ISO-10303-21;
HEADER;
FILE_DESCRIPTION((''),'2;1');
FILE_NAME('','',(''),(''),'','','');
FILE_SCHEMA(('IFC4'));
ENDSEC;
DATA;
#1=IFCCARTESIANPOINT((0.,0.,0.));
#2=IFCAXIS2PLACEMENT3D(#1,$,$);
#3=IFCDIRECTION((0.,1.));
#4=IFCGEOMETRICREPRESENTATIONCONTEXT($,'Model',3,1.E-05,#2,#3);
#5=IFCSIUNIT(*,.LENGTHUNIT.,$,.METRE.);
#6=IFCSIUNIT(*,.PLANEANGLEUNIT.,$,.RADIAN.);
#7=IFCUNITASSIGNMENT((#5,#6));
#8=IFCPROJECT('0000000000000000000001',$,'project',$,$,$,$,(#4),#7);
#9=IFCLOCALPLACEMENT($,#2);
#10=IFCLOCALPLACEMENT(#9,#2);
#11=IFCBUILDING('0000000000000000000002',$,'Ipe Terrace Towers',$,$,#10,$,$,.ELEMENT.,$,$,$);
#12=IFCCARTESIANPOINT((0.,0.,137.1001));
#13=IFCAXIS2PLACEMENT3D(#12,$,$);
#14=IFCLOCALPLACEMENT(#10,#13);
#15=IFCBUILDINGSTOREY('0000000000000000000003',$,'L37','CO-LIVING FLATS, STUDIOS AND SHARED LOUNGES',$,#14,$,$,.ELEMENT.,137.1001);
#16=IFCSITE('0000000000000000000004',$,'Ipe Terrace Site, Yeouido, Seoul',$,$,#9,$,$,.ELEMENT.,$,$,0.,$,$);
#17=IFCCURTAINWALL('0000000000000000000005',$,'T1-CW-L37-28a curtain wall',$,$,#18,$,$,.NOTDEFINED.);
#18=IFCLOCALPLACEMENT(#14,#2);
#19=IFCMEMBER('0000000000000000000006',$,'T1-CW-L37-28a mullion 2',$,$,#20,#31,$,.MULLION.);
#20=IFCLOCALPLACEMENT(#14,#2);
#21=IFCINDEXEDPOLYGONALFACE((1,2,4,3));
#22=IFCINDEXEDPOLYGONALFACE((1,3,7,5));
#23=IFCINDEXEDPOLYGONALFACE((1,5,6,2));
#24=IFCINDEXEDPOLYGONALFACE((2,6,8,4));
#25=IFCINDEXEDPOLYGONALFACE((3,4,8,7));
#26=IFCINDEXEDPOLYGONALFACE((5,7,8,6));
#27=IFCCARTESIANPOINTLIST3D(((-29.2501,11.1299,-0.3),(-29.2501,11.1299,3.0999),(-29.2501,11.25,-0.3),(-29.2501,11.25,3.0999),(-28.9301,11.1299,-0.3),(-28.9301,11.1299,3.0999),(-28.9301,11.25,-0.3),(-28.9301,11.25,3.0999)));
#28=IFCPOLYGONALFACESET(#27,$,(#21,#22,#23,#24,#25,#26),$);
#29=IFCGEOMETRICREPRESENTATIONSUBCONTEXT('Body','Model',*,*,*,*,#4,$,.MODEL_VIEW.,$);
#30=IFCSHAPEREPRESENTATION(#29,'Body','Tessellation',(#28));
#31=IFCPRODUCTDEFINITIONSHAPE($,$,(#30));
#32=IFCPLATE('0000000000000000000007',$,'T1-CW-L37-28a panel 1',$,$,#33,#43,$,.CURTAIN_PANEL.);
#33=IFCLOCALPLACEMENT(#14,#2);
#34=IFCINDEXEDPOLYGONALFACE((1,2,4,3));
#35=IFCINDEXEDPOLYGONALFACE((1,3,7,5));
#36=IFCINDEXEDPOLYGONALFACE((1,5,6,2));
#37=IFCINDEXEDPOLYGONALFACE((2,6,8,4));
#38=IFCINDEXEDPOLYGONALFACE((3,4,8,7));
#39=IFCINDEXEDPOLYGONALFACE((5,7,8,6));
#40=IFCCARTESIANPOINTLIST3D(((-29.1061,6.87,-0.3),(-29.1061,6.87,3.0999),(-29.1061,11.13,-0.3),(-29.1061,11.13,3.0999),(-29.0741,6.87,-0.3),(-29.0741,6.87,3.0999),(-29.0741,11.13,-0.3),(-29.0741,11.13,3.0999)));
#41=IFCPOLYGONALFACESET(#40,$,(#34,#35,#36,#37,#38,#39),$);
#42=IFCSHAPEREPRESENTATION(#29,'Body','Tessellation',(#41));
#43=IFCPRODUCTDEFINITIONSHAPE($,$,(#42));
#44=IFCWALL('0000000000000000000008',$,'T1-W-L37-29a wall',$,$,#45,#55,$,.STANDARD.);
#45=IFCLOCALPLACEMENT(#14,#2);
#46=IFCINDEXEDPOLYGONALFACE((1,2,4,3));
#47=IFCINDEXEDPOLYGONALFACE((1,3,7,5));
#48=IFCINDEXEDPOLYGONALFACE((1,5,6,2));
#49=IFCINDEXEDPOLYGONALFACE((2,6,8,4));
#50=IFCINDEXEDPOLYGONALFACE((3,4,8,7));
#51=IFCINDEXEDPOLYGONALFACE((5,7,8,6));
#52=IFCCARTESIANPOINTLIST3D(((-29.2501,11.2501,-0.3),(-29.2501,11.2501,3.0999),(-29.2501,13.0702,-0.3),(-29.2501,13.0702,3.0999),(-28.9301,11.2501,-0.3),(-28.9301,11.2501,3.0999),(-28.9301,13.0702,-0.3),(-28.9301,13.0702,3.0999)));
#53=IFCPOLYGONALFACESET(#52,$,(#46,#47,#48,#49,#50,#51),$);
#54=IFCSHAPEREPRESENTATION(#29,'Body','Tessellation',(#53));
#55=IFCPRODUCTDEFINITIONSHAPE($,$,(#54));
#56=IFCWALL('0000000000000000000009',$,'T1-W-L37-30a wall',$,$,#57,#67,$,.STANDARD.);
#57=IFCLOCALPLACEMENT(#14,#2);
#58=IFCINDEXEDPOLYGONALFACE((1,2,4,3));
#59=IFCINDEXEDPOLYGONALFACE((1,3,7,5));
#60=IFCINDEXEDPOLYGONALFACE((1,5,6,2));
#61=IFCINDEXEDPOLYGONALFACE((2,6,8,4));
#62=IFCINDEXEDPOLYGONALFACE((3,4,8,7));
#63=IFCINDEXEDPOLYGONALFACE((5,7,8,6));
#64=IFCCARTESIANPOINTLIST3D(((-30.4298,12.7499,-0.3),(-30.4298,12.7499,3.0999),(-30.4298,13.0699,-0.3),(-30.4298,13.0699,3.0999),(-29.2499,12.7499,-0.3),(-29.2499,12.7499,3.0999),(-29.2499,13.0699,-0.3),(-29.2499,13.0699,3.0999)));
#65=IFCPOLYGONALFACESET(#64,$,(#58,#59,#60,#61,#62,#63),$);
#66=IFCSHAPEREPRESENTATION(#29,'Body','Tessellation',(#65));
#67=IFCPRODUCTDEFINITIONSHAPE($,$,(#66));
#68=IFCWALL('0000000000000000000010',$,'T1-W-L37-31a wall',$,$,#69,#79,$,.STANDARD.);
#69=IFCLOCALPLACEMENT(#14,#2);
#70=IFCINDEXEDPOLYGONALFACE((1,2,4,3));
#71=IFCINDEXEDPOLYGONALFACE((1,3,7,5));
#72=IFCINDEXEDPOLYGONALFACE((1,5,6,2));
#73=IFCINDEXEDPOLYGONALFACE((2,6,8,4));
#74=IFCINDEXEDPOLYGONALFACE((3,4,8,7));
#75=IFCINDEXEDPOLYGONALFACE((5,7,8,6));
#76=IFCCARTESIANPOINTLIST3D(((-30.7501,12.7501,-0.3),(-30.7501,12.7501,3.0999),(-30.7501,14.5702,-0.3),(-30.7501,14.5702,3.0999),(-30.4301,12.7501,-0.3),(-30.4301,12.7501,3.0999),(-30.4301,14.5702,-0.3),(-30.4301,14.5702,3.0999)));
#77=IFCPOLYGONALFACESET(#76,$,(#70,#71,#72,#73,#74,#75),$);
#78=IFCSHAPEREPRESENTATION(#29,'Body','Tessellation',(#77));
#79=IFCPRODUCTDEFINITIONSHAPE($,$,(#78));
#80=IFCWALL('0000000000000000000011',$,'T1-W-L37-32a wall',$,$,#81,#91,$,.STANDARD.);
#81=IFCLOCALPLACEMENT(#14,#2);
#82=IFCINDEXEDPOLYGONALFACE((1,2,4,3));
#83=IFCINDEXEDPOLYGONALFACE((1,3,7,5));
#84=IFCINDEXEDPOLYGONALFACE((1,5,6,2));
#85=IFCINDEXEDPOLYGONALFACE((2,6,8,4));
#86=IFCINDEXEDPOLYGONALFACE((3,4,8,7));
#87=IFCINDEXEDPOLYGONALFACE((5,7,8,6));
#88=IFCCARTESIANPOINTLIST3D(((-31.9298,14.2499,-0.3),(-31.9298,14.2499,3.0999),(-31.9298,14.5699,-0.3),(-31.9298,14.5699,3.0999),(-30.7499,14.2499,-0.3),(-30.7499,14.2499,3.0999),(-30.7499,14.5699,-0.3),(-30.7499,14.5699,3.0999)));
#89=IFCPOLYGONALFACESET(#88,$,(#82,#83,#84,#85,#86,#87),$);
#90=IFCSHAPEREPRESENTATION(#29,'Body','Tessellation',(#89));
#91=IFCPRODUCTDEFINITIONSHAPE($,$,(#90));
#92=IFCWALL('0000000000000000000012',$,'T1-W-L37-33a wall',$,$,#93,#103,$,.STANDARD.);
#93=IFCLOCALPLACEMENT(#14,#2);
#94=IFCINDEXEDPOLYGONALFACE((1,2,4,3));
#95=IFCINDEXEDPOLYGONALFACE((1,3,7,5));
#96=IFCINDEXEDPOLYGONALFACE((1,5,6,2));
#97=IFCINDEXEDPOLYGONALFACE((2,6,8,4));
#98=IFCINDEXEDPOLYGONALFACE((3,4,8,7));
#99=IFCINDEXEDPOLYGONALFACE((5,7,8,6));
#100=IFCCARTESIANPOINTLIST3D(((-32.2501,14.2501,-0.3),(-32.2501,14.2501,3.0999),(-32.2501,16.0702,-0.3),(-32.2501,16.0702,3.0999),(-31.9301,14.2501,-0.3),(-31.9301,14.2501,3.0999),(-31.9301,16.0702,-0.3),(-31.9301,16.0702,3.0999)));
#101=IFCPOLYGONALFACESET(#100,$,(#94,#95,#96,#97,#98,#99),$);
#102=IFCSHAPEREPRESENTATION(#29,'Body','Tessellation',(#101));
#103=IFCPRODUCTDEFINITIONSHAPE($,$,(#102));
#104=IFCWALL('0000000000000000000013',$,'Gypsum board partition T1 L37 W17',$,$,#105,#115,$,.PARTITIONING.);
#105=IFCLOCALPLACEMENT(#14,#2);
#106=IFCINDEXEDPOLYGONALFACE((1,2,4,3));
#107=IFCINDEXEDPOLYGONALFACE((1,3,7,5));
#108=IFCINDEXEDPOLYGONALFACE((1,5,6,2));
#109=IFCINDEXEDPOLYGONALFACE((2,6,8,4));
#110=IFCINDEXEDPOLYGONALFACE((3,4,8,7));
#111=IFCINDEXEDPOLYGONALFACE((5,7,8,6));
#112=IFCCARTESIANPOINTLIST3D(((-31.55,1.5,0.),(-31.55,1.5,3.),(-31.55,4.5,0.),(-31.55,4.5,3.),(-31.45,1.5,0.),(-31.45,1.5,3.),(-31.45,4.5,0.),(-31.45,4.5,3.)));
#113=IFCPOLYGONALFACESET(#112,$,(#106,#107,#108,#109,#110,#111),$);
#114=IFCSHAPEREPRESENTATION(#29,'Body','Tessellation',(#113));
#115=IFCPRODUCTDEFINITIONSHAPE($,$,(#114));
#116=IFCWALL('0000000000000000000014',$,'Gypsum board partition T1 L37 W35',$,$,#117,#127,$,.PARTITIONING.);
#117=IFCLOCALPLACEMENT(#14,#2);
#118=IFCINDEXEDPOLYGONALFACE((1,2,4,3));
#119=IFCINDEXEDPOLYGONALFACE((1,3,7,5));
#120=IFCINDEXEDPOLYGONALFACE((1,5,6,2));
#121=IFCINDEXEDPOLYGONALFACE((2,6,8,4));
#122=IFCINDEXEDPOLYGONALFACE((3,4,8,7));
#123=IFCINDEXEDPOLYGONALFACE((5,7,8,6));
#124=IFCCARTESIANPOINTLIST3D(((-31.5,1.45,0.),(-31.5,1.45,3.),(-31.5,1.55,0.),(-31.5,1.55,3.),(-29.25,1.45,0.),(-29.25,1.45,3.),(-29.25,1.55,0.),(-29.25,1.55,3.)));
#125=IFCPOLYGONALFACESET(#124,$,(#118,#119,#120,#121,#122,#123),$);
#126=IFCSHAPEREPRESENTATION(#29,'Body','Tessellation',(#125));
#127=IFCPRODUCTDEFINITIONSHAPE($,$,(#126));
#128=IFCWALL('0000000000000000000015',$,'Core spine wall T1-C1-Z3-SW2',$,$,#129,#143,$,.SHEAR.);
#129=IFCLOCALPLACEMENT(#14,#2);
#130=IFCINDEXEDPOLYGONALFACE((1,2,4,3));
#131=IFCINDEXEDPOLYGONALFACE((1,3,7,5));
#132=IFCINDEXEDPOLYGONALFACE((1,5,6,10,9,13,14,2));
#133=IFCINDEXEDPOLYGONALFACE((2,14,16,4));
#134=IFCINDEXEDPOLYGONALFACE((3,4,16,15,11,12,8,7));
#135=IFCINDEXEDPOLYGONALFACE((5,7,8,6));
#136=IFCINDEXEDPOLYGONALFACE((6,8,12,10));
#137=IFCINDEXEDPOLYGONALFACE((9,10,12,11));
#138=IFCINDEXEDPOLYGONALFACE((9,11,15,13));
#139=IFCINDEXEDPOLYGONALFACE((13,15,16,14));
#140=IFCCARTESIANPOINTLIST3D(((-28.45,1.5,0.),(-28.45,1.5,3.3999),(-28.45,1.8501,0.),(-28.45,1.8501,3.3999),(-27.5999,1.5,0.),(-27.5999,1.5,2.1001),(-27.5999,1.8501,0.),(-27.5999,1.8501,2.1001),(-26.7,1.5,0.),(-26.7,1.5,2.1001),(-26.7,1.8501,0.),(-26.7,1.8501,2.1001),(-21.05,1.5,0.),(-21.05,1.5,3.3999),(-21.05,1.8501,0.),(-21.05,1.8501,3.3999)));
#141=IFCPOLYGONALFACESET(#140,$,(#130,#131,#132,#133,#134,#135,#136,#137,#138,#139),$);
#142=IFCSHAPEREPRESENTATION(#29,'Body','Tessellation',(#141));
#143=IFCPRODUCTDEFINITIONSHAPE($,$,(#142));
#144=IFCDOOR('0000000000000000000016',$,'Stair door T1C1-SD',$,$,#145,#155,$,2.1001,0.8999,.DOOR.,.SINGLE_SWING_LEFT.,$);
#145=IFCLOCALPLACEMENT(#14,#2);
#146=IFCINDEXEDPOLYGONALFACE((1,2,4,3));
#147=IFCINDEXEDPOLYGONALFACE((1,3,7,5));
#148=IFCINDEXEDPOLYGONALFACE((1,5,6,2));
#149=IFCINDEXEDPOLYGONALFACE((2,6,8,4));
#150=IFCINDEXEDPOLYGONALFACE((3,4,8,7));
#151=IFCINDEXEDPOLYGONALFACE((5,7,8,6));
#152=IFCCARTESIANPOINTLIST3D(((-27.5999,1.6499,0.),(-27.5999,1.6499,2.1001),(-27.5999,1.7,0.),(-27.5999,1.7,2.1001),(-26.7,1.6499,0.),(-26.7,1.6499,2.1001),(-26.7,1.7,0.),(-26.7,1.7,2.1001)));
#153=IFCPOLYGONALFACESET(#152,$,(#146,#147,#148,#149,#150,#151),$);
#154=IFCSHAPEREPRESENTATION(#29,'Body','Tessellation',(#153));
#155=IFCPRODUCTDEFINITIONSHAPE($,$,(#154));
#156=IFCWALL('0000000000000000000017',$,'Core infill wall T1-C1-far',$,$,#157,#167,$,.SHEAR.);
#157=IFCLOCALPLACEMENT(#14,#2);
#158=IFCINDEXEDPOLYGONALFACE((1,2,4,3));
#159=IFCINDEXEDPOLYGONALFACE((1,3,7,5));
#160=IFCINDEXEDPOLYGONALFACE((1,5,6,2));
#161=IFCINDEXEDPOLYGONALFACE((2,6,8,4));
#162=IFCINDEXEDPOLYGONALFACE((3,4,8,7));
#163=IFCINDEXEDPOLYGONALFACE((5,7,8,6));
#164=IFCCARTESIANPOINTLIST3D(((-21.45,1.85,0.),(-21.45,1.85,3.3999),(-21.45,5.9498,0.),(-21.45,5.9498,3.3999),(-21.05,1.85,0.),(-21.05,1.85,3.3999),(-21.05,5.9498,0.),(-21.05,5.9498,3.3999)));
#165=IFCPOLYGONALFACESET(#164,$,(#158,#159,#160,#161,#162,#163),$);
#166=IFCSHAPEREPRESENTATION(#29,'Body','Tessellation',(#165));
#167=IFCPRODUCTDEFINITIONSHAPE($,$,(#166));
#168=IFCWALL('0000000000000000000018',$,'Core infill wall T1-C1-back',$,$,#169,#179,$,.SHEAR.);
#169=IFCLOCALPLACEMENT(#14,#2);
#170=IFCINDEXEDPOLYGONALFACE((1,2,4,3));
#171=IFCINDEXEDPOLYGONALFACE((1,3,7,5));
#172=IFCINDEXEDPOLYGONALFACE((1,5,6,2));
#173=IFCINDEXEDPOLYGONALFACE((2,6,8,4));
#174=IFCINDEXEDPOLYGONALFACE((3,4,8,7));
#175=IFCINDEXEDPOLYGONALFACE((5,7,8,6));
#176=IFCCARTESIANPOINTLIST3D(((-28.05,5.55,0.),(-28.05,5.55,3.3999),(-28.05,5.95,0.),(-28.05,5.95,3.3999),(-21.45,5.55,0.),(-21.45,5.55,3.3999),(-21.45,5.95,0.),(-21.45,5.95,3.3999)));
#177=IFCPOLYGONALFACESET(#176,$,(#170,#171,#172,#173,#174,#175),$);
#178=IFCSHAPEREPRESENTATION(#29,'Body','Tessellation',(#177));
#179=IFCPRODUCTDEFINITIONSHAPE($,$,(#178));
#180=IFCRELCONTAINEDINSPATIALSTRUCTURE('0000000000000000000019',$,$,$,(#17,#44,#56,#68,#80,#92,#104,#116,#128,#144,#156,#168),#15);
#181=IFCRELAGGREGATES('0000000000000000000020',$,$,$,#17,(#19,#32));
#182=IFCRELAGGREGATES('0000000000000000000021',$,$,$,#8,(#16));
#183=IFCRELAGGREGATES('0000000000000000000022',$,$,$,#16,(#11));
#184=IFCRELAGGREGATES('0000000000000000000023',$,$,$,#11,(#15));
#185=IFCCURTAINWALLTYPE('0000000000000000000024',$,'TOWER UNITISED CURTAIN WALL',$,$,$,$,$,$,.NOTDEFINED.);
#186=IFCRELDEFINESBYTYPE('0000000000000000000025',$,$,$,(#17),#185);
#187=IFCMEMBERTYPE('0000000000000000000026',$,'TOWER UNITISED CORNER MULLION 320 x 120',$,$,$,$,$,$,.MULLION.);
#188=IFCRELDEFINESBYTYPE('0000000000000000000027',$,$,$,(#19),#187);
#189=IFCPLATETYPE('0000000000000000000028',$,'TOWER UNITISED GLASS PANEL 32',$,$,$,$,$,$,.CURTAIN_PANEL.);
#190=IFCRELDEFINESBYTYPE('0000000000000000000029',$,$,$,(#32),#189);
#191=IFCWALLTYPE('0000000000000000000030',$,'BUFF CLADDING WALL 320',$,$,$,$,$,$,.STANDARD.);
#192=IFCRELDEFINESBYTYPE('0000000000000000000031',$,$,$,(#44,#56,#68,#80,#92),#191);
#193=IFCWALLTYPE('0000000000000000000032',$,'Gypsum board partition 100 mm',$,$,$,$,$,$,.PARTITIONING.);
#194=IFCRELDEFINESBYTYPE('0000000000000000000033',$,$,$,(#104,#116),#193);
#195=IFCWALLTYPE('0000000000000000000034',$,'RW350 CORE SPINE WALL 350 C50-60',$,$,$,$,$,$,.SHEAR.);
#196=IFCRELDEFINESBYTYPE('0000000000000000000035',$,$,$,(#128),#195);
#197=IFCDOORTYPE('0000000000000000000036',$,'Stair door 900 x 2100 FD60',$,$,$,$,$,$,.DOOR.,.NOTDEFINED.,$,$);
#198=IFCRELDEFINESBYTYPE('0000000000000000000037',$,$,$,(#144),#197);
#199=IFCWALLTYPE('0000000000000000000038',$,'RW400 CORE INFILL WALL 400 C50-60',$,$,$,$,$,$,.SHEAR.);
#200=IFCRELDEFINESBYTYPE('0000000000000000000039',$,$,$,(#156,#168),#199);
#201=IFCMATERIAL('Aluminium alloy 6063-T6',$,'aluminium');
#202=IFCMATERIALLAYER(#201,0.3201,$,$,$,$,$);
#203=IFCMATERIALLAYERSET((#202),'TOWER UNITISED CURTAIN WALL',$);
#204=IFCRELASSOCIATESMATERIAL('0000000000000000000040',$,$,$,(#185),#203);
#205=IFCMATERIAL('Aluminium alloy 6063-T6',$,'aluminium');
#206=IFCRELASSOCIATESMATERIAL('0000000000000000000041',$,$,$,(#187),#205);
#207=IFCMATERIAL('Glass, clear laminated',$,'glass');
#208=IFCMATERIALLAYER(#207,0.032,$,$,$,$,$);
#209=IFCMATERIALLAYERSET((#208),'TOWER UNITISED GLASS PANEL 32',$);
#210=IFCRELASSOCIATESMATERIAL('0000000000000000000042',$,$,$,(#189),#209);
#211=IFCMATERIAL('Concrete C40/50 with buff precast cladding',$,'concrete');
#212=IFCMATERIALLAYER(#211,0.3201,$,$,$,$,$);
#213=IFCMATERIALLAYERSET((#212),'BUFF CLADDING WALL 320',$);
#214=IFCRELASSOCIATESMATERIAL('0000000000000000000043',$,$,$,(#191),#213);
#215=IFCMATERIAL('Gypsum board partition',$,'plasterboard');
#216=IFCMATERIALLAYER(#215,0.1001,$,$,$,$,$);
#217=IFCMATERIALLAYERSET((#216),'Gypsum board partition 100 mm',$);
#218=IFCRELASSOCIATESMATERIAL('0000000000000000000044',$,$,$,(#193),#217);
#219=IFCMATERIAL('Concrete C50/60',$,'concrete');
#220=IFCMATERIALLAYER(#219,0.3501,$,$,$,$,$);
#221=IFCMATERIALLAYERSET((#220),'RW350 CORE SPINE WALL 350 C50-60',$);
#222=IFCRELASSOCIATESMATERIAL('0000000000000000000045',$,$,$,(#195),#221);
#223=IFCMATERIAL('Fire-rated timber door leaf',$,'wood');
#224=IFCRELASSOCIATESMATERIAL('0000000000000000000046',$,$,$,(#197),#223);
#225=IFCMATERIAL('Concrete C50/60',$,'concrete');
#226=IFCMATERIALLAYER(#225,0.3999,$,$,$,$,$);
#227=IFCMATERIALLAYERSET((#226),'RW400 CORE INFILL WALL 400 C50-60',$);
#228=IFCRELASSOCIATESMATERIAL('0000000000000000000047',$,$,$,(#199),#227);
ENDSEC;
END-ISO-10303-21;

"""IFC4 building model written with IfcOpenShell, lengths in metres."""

from ifc_helpers import new_model, si_unit, direction, frame, frame_2d, origin, origin_2d, place, context, subcontext, project, spatial, rectangle, extrude, material, layer, layer_set, material_profile, profile_set, type_object, element, fill, aggregate, save


model = new_model("IFC4")

# Units and contexts
model_context = context("Model", 3, precision=1e-05, world=origin(), true_north=direction((0.0, 1.0)))
body_context = subcontext(model_context, "Body", "Model", "MODEL_VIEW")
ifc_project = project(units=[si_unit("LENGTHUNIT", "METRE"), si_unit("PLANEANGLEUNIT", "RADIAN")], contexts=[model_context])

# Site, building, storey
site_placement = place(None, origin())
site = spatial("IfcSite", under=ifc_project, at=site_placement, Name="Ipe Terrace Site, Yeouido, Seoul", CompositionType="ELEMENT", RefElevation=0.0)
building_placement = place(site_placement, origin())
building = spatial("IfcBuilding", under=site, at=building_placement, Name="Ipe Terrace Towers", CompositionType="ELEMENT")
storey_placement = place(building_placement, frame((0.0, 0.0, 137.1001)))
storey = spatial("IfcBuildingStorey", under=building, at=storey_placement, Name="L37", Description="CO-LIVING FLATS, STUDIOS AND SHARED LOUNGES", CompositionType="ELEMENT", Elevation=137.1001)

# Curtain wall, member, plate
ifc_material_1 = material(Name="Aluminium alloy 6063-T6", Category="aluminium")
ifc_layer_1 = layer(ifc_material_1, 0.3201)
ifc_layer_set_1 = layer_set([ifc_layer_1], Name="TOWER UNITISED CURTAIN WALL")
curtain_wall_type = type_object("IfcCurtainWallType", Name="TOWER UNITISED CURTAIN WALL", PredefinedType="NOTDEFINED", material=ifc_layer_set_1)
curtain_wall_placement = place(storey_placement, origin())
curtain_wall = element("IfcCurtainWall", 1, at=curtain_wall_placement, inside=storey, type_object=curtain_wall_type, Name="T1-CW-L37-28a curtain wall", PredefinedType="NOTDEFINED")
ifc_material_2 = material(Name="Aluminium alloy 6063-T6", Category="aluminium")
ifc_material_profile_1 = material_profile(ifc_material_2, rectangle(XDim=0.3201, YDim=0.1201, at=origin_2d()), Name="TOWER UNITISED CORNER MULLION 320 x 120")
ifc_profile_set_1 = profile_set([ifc_material_profile_1], Name="Aluminium alloy 6063-T6")
member_type = type_object("IfcMemberType", Name="TOWER UNITISED CORNER MULLION 320 x 120", PredefinedType="MULLION", material=ifc_profile_set_1)
member_1_placement = place(storey_placement, frame((-29.0901, 11.1899, -0.3), z_axis=(0.0, 0.0, 1.0), x_axis=(1.0, 0.0, 0.0)))
member_1 = element("IfcMember", 2, at=member_1_placement, type_object=member_type, Name="T1-CW-L37-28a mullion 2", PredefinedType="MULLION", context=body_context, shape_type="SweptSolid", body=[
    extrude(rectangle(XDim=0.3201, YDim=0.1201, at=origin_2d()), origin(), (0.0, 0.0, 1.0), 3.3999),
])
ifc_material_3 = material(Name="Glass, clear laminated", Category="glass")
ifc_layer_2 = layer(ifc_material_3, 0.032)
ifc_layer_set_2 = layer_set([ifc_layer_2], Name="TOWER UNITISED GLASS PANEL 32")
plate_type = type_object("IfcPlateType", Name="TOWER UNITISED GLASS PANEL 32", PredefinedType="CURTAIN_PANEL", material=ifc_layer_set_2)
plate_placement = place(storey_placement, frame((-29.0901, 9.0, -0.3), z_axis=(0.0, 0.0, 1.0), x_axis=(0.0, 1.0, 0.0)))
plate = element("IfcPlate", 3, at=plate_placement, type_object=plate_type, Name="T1-CW-L37-28a panel 1", PredefinedType="CURTAIN_PANEL", context=body_context, shape_type="SweptSolid", body=[
    extrude(rectangle(XDim=4.26, YDim=0.032, at=origin_2d()), origin(), (0.0, 0.0, 1.0), 3.3999),
])
aggregate(curtain_wall, [member_1, plate])

# Walls
ifc_material_4 = material(Name="Concrete C40/50 with buff precast cladding", Category="concrete")
ifc_layer_3 = layer(ifc_material_4, 0.3201)
ifc_layer_set_3 = layer_set([ifc_layer_3], Name="BUFF CLADDING WALL 320")
wall_type_1 = type_object("IfcWallType", Name="BUFF CLADDING WALL 320", PredefinedType="STANDARD", material=ifc_layer_set_3)
wall_1_placement = place(storey_placement, frame((-29.0901, 11.25, -0.3), z_axis=(0.0, 0.0, 1.0), x_axis=(0.0, 1.0, 0.0)))
element("IfcWall", 4, at=wall_1_placement, inside=storey, type_object=wall_type_1, Name="T1-W-L37-29a wall", PredefinedType="STANDARD", context=body_context, shape_type="SweptSolid", body=[
    extrude(rectangle(XDim=1.8201, YDim=0.3201, at=frame_2d((0.9102, 0.0))), origin(), (0.0, 0.0, 1.0), 3.3999),
])
wall_2_placement = place(storey_placement, frame((-29.25, 12.9099, -0.3), z_axis=(0.0, 0.0, 1.0), x_axis=(-1.0, 0.0, 0.0)))
element("IfcWall", 5, at=wall_2_placement, inside=storey, type_object=wall_type_1, Name="T1-W-L37-30a wall", PredefinedType="STANDARD", context=body_context, shape_type="SweptSolid", body=[
    extrude(rectangle(XDim=1.1799, YDim=0.3201, at=frame_2d((0.5898, 0.0))), origin(), (0.0, 0.0, 1.0), 3.3999),
])
wall_3_placement = place(storey_placement, frame((-30.5901, 12.75, -0.3), z_axis=(0.0, 0.0, 1.0), x_axis=(0.0, 1.0, 0.0)))
element("IfcWall", 6, at=wall_3_placement, inside=storey, type_object=wall_type_1, Name="T1-W-L37-31a wall", PredefinedType="STANDARD", context=body_context, shape_type="SweptSolid", body=[
    extrude(rectangle(XDim=1.8201, YDim=0.3201, at=frame_2d((0.9102, 0.0))), origin(), (0.0, 0.0, 1.0), 3.3999),
])
wall_4_placement = place(storey_placement, frame((-30.75, 14.4099, -0.3), z_axis=(0.0, 0.0, 1.0), x_axis=(-1.0, 0.0, 0.0)))
element("IfcWall", 7, at=wall_4_placement, inside=storey, type_object=wall_type_1, Name="T1-W-L37-32a wall", PredefinedType="STANDARD", context=body_context, shape_type="SweptSolid", body=[
    extrude(rectangle(XDim=1.1799, YDim=0.3201, at=frame_2d((0.5898, 0.0))), origin(), (0.0, 0.0, 1.0), 3.3999),
])
wall_5_placement = place(storey_placement, frame((-32.0901, 14.25, -0.3), z_axis=(0.0, 0.0, 1.0), x_axis=(0.0, 1.0, 0.0)))
element("IfcWall", 8, at=wall_5_placement, inside=storey, type_object=wall_type_1, Name="T1-W-L37-33a wall", PredefinedType="STANDARD", context=body_context, shape_type="SweptSolid", body=[
    extrude(rectangle(XDim=1.8201, YDim=0.3201, at=frame_2d((0.9102, 0.0))), origin(), (0.0, 0.0, 1.0), 3.3999),
])
ifc_material_5 = material(Name="Gypsum board partition", Category="plasterboard")
ifc_layer_4 = layer(ifc_material_5, 0.1001)
ifc_layer_set_4 = layer_set([ifc_layer_4], Name="Gypsum board partition 100 mm")
wall_type_2 = type_object("IfcWallType", Name="Gypsum board partition 100 mm", PredefinedType="PARTITIONING", material=ifc_layer_set_4)
wall_6_placement = place(storey_placement, frame((-31.5, 1.5, 0.0), z_axis=(0.0, 0.0, 1.0), x_axis=(0.0, 1.0, 0.0)))
element("IfcWall", 9, at=wall_6_placement, inside=storey, type_object=wall_type_2, Name="Gypsum board partition T1 L37 W17", PredefinedType="PARTITIONING", context=body_context, shape_type="SweptSolid", body=[
    extrude(rectangle(XDim=3.0, YDim=0.1001, at=frame_2d((1.5, 0.0))), origin(), (0.0, 0.0, 1.0), 3.0),
])
wall_7_placement = place(storey_placement, frame((-31.5, 1.5, 0.0), z_axis=(0.0, 0.0, 1.0), x_axis=(1.0, 0.0, 0.0)))
element("IfcWall", 10, at=wall_7_placement, inside=storey, type_object=wall_type_2, Name="Gypsum board partition T1 L37 W35", PredefinedType="PARTITIONING", context=body_context, shape_type="SweptSolid", body=[
    extrude(rectangle(XDim=2.25, YDim=0.1001, at=frame_2d((1.125, 0.0))), origin(), (0.0, 0.0, 1.0), 3.0),
])

# Wall, opening, door
ifc_material_6 = material(Name="Concrete C50/60", Category="concrete")
ifc_layer_5 = layer(ifc_material_6, 0.3501)
ifc_layer_set_5 = layer_set([ifc_layer_5], Name="RW350 CORE SPINE WALL 350 C50-60")
wall_type_3 = type_object("IfcWallType", Name="RW350 CORE SPINE WALL 350 C50-60", PredefinedType="SHEAR", material=ifc_layer_set_5)
wall_8_placement = place(storey_placement, frame((-28.45, 1.675, 0.0), z_axis=(0.0, 0.0, 1.0), x_axis=(1.0, 0.0, 0.0)))
wall_8 = element("IfcWall", 11, at=wall_8_placement, inside=storey, type_object=wall_type_3, Name="Core spine wall T1-C1-Z3-SW2", PredefinedType="SHEAR", context=body_context, shape_type="SweptSolid", body=[
    extrude(rectangle(XDim=7.3999, YDim=0.3501, at=frame_2d((3.7, 0.0))), origin(), (0.0, 0.0, 1.0), 3.3999),
])
opening_1_placement = place(wall_8_placement, frame((0.8501, 0.0, 0.0)))
opening_1 = element("IfcOpeningElement", 12, at=opening_1_placement, cuts=wall_8, PredefinedType="OPENING", context=body_context, shape_type="SweptSolid", body=[
    extrude(rectangle(XDim=0.8999, YDim=2.1001, at=frame_2d((0.45, 1.05))), frame((0.0, 0.1851, 0.0), z_axis=(0.0, -1.0, 0.0), x_axis=(1.0, 0.0, 0.0)), (0.0, 0.0, 1.0), 0.3701),
])
ifc_material_7 = material(Name="Fire-rated timber door leaf", Category="wood")
door_type_1 = type_object("IfcDoorType", Name="Stair door 900 x 2100 FD60", OperationType="NOTDEFINED", PredefinedType="DOOR", material=ifc_material_7)
door_1_placement = place(opening_1_placement, origin())
door_1 = element("IfcDoor", 13, at=door_1_placement, inside=storey, type_object=door_type_1, Name="Stair door T1C1-SD", OperationType="SINGLE_SWING_LEFT", OverallHeight=2.1001, OverallWidth=0.8999, PredefinedType="DOOR", context=body_context, shape_type="SweptSolid", body=[
    extrude(rectangle(XDim=0.8999, YDim=2.1001, at=frame_2d((0.45, 1.05))), frame((0.0, 0.0249, 0.0), z_axis=(0.0, -1.0, 0.0), x_axis=(1.0, 0.0, 0.0)), (0.0, 0.0, 1.0), 0.05),
])
fill(opening_1, door_1)

# Walls
ifc_material_8 = material(Name="Concrete C50/60", Category="concrete")
ifc_layer_6 = layer(ifc_material_8, 0.3999)
ifc_layer_set_6 = layer_set([ifc_layer_6], Name="RW400 CORE INFILL WALL 400 C50-60")
wall_type_4 = type_object("IfcWallType", Name="RW400 CORE INFILL WALL 400 C50-60", PredefinedType="SHEAR", material=ifc_layer_set_6)
wall_9_placement = place(storey_placement, frame((-21.25, 1.8501, 0.0), z_axis=(0.0, 0.0, 1.0), x_axis=(0.0, 1.0, 0.0)))
element("IfcWall", 14, at=wall_9_placement, inside=storey, type_object=wall_type_4, Name="Core infill wall T1-C1-far", PredefinedType="SHEAR", context=body_context, shape_type="SweptSolid", body=[
    extrude(rectangle(XDim=4.0999, YDim=0.3999, at=frame_2d((2.0498, 0.0))), origin(), (0.0, 0.0, 1.0), 3.3999),
])
wall_10_placement = place(storey_placement, frame((-28.05, 5.75, 0.0), z_axis=(0.0, 0.0, 1.0), x_axis=(1.0, 0.0, 0.0)))
element("IfcWall", 15, at=wall_10_placement, inside=storey, type_object=wall_type_4, Name="Core infill wall T1-C1-back", PredefinedType="SHEAR", context=body_context, shape_type="SweptSolid", body=[
    extrude(rectangle(XDim=6.6001, YDim=0.3999, at=frame_2d((3.3, 0.0))), origin(), (0.0, 0.0, 1.0), 3.3999),
])

save(model, "model.ifc")
